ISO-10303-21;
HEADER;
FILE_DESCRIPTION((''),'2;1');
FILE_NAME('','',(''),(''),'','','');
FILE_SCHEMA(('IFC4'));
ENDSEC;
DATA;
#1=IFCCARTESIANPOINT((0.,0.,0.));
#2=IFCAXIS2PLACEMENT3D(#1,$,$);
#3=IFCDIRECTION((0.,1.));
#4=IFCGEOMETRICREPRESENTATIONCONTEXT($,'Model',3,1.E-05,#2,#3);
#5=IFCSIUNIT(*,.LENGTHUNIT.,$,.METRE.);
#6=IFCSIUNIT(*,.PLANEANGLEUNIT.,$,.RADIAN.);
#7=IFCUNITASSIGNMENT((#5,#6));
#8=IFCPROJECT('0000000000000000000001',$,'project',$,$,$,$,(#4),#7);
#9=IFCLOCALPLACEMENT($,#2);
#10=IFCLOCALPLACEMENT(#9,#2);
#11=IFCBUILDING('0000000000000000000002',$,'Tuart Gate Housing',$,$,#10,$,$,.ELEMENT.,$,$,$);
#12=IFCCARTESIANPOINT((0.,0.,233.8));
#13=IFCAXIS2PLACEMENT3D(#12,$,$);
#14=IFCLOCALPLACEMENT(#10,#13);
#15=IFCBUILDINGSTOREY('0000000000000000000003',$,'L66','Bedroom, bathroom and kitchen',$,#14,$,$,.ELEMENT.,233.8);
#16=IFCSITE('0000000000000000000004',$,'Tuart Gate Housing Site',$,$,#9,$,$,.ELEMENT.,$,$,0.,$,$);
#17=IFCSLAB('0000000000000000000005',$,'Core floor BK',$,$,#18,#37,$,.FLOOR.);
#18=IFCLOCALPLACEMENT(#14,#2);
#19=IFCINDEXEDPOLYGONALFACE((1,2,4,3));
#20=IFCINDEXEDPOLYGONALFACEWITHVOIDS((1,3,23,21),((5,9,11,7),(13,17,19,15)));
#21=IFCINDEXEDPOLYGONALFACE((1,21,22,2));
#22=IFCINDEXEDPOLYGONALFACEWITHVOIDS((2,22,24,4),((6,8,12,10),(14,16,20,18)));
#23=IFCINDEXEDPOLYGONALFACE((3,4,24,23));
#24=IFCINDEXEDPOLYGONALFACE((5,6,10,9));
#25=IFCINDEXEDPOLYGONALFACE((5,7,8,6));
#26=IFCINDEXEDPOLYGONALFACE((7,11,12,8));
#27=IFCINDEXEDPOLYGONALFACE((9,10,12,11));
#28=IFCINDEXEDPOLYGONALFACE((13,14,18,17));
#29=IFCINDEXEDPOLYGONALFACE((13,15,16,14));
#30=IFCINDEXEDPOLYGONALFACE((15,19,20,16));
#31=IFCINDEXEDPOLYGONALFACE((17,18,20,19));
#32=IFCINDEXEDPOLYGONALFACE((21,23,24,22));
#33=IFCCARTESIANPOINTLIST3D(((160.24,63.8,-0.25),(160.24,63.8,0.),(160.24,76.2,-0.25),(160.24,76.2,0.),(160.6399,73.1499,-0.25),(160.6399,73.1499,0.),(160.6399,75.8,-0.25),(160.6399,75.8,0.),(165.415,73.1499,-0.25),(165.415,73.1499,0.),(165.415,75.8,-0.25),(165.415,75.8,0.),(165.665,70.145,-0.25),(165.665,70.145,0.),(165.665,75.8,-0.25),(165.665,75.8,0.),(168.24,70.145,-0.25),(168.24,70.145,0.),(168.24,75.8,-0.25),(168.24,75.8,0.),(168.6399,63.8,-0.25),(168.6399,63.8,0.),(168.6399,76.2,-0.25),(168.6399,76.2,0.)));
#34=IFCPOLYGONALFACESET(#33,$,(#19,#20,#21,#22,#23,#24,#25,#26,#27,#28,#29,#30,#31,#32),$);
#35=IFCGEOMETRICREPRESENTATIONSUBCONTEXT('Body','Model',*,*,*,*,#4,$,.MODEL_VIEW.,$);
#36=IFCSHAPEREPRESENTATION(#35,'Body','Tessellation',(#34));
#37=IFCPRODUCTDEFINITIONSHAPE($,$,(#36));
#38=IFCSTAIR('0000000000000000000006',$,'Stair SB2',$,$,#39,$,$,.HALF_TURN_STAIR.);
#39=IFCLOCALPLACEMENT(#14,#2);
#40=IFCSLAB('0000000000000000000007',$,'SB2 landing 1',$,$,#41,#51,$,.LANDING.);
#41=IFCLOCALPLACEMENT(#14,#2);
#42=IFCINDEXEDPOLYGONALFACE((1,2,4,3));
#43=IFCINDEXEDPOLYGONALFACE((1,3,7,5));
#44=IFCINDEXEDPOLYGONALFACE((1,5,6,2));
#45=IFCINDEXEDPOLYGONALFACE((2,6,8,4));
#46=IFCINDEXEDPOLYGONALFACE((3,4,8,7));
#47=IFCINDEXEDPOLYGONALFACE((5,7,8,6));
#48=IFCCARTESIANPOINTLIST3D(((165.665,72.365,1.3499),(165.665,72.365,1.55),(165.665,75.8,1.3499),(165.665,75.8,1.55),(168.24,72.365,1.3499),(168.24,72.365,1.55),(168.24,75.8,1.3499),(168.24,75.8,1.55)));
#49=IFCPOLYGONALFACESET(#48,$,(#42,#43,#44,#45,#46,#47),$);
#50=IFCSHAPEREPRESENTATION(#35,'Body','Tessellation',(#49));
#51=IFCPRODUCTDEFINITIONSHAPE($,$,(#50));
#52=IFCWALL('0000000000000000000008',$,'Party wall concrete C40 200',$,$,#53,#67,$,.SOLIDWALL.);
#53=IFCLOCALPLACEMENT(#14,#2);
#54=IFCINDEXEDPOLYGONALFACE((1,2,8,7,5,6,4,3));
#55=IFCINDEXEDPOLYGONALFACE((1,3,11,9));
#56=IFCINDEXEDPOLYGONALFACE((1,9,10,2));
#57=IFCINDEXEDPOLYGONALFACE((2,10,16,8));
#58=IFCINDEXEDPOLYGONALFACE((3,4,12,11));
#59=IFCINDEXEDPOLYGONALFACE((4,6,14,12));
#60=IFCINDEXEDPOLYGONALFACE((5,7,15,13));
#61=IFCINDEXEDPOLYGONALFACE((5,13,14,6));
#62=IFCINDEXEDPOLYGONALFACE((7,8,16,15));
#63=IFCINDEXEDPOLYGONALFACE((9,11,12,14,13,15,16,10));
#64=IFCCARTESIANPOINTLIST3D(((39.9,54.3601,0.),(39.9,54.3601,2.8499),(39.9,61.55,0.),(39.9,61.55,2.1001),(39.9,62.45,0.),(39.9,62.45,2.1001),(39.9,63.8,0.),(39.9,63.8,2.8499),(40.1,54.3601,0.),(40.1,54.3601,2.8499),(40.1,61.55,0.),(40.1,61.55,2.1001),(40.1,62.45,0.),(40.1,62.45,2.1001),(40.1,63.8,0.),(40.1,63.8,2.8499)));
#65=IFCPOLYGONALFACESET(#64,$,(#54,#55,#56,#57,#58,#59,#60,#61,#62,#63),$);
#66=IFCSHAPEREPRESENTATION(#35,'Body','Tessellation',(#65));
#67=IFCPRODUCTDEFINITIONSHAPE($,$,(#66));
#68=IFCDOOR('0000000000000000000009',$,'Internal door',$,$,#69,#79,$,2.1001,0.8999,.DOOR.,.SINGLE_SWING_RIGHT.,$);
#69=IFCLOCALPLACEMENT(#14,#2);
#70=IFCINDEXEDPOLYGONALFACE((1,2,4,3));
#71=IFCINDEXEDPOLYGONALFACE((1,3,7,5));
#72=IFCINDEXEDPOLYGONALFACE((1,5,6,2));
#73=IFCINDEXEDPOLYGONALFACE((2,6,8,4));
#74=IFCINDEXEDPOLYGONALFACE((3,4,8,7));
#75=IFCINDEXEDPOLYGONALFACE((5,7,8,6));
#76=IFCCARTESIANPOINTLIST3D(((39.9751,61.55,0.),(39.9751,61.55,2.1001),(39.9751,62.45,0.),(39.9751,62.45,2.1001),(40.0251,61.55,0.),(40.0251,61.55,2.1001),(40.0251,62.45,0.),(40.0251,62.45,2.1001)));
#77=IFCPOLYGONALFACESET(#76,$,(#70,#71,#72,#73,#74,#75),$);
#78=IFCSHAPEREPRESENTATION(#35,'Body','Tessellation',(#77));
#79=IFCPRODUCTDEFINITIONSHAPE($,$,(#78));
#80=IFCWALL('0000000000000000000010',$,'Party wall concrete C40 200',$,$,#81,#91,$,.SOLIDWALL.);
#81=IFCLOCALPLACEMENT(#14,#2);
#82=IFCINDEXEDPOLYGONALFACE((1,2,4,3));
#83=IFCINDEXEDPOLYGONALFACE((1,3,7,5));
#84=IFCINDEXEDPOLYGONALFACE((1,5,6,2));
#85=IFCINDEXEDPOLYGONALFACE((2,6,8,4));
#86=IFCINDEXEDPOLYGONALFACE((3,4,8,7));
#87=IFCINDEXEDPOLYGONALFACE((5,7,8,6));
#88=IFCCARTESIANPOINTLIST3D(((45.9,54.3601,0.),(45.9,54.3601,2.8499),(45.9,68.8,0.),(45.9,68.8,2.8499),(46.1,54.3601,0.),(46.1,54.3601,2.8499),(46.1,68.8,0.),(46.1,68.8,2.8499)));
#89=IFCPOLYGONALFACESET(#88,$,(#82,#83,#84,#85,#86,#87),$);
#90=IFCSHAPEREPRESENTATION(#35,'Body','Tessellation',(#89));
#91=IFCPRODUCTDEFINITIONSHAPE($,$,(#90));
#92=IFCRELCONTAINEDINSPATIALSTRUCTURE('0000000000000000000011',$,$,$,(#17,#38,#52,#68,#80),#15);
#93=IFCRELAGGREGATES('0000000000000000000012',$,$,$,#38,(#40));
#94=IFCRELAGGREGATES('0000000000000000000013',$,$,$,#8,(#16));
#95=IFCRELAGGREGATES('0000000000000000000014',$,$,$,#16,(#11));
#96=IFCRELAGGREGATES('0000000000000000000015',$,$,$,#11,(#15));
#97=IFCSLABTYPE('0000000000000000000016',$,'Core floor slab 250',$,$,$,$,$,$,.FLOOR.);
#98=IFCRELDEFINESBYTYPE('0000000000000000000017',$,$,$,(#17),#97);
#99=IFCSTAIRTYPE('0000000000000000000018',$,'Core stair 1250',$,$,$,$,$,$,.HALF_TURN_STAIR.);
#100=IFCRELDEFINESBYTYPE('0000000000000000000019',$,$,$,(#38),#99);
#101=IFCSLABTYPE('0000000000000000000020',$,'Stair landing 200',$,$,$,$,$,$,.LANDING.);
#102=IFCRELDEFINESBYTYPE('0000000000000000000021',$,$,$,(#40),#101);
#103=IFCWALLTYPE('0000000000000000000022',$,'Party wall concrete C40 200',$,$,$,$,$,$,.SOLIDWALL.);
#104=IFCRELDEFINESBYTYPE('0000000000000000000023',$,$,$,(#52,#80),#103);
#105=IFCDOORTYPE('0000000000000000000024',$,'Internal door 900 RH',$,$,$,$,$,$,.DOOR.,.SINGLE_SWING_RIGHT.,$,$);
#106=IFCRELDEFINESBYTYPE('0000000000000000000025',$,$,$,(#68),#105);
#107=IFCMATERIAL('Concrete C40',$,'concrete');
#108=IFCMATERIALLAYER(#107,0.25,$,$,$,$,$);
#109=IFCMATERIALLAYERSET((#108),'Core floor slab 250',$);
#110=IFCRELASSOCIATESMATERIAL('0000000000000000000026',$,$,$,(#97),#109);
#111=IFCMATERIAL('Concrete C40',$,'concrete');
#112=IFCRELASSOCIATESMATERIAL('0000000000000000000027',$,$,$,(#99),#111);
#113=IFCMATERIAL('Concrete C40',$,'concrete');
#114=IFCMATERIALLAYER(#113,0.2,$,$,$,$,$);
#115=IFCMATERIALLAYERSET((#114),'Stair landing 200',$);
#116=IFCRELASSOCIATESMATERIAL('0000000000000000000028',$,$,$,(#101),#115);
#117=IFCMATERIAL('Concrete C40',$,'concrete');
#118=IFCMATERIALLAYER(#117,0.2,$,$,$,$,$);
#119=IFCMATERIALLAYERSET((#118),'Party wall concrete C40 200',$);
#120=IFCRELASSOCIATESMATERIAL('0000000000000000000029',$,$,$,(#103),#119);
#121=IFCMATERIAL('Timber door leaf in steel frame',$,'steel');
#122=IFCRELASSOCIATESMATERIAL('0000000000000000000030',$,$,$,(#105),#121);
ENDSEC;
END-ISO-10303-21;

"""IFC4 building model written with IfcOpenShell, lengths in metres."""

from ifc_helpers import new_model, si_unit, direction, frame, frame_2d, origin, place, context, subcontext, project, spatial, polyline, rectangle, outline, extrude, material, layer, layer_set, type_object, element, fill, aggregate, save


model = new_model("IFC4")

# Units and contexts
model_context = context("Model", 3, precision=1e-05, world=origin(), true_north=direction((0.0, 1.0)))
body_context = subcontext(model_context, "Body", "Model", "MODEL_VIEW")
ifc_project = project(units=[si_unit("LENGTHUNIT", "METRE"), si_unit("PLANEANGLEUNIT", "RADIAN")], contexts=[model_context])

# Site, building, storey
site_placement = place(None, origin())
site = spatial("IfcSite", under=ifc_project, at=site_placement, Name="Tuart Gate Housing Site", CompositionType="ELEMENT", RefElevation=0.0)
building_placement = place(site_placement, origin())
building = spatial("IfcBuilding", under=site, at=building_placement, Name="Tuart Gate Housing", CompositionType="ELEMENT")
storey_placement = place(building_placement, frame((0.0, 0.0, 233.8)))
storey = spatial("IfcBuildingStorey", under=building, at=storey_placement, Name="L66", Description="Bedroom, bathroom and kitchen", CompositionType="ELEMENT", Elevation=233.8)

# Slab
ifc_material_1 = material(Name="Concrete C40", Category="concrete")
ifc_layer_1 = layer(ifc_material_1, 0.25)
ifc_layer_set_1 = layer_set([ifc_layer_1], Name="Core floor slab 250")
slab_type_1 = type_object("IfcSlabType", Name="Core floor slab 250", PredefinedType="FLOOR", material=ifc_layer_set_1)
slab_1_placement = place(storey_placement, frame((0.0, 0.0, -0.25)))
element("IfcSlab", 1, at=slab_1_placement, inside=storey, type_object=slab_type_1, Name="Core floor BK", PredefinedType="FLOOR", context=body_context, shape_type="SweptSolid", body=[
    extrude(outline(polyline([(160.24, 63.8), (168.6399, 63.8), (168.6399, 76.2), (160.24, 76.2), (160.24, 63.8)]), holes=[polyline([(160.6399, 73.1499), (165.415, 73.1499), (165.415, 75.8), (160.6399, 75.8), (160.6399, 73.1499)]), polyline([(165.665, 70.145), (168.24, 70.145), (168.24, 75.8), (165.665, 75.8), (165.665, 70.145)])]), origin(), (0.0, 0.0, 1.0), 0.25),
])

# Stair, slab
ifc_material_2 = material(Name="Concrete C40", Category="concrete")
stair_type = type_object("IfcStairType", Name="Core stair 1250", PredefinedType="HALF_TURN_STAIR", material=ifc_material_2)
stair_placement = place(storey_placement, origin())
stair = element("IfcStair", 2, at=stair_placement, inside=storey, type_object=stair_type, Name="Stair SB2", PredefinedType="HALF_TURN_STAIR")
ifc_material_3 = material(Name="Concrete C40", Category="concrete")
ifc_layer_2 = layer(ifc_material_3, 0.2)
ifc_layer_set_2 = layer_set([ifc_layer_2], Name="Stair landing 200")
slab_type_2 = type_object("IfcSlabType", Name="Stair landing 200", PredefinedType="LANDING", material=ifc_layer_set_2)
slab_2_placement = place(storey_placement, frame((0.0, 0.0, 1.3499)))
slab_2 = element("IfcSlab", 3, at=slab_2_placement, type_object=slab_type_2, Name="SB2 landing 1", PredefinedType="LANDING", context=body_context, shape_type="SweptSolid", body=[
    extrude(outline(polyline([(165.665, 72.365), (168.24, 72.365), (168.24, 75.8), (165.665, 75.8), (165.665, 72.365)])), origin(), (0.0, 0.0, 1.0), 0.2002),
])
aggregate(stair, [slab_2])

# Wall, opening, door
ifc_material_4 = material(Name="Concrete C40", Category="concrete")
ifc_layer_3 = layer(ifc_material_4, 0.2)
ifc_layer_set_3 = layer_set([ifc_layer_3], Name="Party wall concrete C40 200")
wall_type_1 = type_object("IfcWallType", Name="Party wall concrete C40 200", PredefinedType="SOLIDWALL", material=ifc_layer_set_3)
wall_1_placement = place(storey_placement, frame((40.0, 54.3601, 0.0), z_axis=(0.0, 0.0, 1.0), x_axis=(0.0, 1.0, 0.0)))
wall_1 = element("IfcWall", 4, at=wall_1_placement, inside=storey, type_object=wall_type_1, Name="Party wall concrete C40 200", PredefinedType="SOLIDWALL", context=body_context, shape_type="SweptSolid", body=[
    extrude(rectangle(XDim=9.4399, YDim=0.2, at=frame_2d((4.72, 0.0))), origin(), (0.0, 0.0, 1.0), 2.8499),
])
opening_1_placement = place(wall_1_placement, frame((7.1899, 0.0, 0.0)))
opening_1 = element("IfcOpeningElement", 5, at=opening_1_placement, cuts=wall_1, PredefinedType="OPENING", context=body_context, shape_type="SweptSolid", body=[
    extrude(rectangle(XDim=0.8999, YDim=2.1001, at=frame_2d((0.45, 1.05))), frame((0.0, 0.1099, 0.0), z_axis=(0.0, -1.0, 0.0), x_axis=(1.0, 0.0, 0.0)), (0.0, 0.0, 1.0), 0.22),
])
ifc_material_5 = material(Name="Timber door leaf in steel frame", Category="steel")
door_type = type_object("IfcDoorType", Name="Internal door 900 RH", OperationType="SINGLE_SWING_RIGHT", PredefinedType="DOOR", material=ifc_material_5)
door_placement = place(opening_1_placement, frame((0.8999, 0.0, 0.0), z_axis=(0.0, 0.0, 1.0), x_axis=(-1.0, 0.0, 0.0)))
door = element("IfcDoor", 6, at=door_placement, inside=storey, type_object=door_type, Name="Internal door", OperationType="SINGLE_SWING_RIGHT", OverallHeight=2.1001, OverallWidth=0.8999, PredefinedType="DOOR", context=body_context, shape_type="SweptSolid", body=[
    extrude(rectangle(XDim=0.8999, YDim=2.1001, at=frame_2d((0.45, 1.05))), frame((0.0, 0.0251, 0.0), z_axis=(0.0, -1.0, 0.0), x_axis=(1.0, 0.0, 0.0)), (0.0, 0.0, 1.0), 0.05),
])
fill(opening_1, door)

# Wall
wall_2_placement = place(storey_placement, frame((46.0, 54.3601, 0.0), z_axis=(0.0, 0.0, 1.0), x_axis=(0.0, 1.0, 0.0)))
element("IfcWall", 7, at=wall_2_placement, inside=storey, type_object=wall_type_1, Name="Party wall concrete C40 200", PredefinedType="SOLIDWALL", context=body_context, shape_type="SweptSolid", body=[
    extrude(rectangle(XDim=14.4399, YDim=0.2, at=frame_2d((7.22, 0.0))), origin(), (0.0, 0.0, 1.0), 2.8499),
])

save(model, "model.ifc")
